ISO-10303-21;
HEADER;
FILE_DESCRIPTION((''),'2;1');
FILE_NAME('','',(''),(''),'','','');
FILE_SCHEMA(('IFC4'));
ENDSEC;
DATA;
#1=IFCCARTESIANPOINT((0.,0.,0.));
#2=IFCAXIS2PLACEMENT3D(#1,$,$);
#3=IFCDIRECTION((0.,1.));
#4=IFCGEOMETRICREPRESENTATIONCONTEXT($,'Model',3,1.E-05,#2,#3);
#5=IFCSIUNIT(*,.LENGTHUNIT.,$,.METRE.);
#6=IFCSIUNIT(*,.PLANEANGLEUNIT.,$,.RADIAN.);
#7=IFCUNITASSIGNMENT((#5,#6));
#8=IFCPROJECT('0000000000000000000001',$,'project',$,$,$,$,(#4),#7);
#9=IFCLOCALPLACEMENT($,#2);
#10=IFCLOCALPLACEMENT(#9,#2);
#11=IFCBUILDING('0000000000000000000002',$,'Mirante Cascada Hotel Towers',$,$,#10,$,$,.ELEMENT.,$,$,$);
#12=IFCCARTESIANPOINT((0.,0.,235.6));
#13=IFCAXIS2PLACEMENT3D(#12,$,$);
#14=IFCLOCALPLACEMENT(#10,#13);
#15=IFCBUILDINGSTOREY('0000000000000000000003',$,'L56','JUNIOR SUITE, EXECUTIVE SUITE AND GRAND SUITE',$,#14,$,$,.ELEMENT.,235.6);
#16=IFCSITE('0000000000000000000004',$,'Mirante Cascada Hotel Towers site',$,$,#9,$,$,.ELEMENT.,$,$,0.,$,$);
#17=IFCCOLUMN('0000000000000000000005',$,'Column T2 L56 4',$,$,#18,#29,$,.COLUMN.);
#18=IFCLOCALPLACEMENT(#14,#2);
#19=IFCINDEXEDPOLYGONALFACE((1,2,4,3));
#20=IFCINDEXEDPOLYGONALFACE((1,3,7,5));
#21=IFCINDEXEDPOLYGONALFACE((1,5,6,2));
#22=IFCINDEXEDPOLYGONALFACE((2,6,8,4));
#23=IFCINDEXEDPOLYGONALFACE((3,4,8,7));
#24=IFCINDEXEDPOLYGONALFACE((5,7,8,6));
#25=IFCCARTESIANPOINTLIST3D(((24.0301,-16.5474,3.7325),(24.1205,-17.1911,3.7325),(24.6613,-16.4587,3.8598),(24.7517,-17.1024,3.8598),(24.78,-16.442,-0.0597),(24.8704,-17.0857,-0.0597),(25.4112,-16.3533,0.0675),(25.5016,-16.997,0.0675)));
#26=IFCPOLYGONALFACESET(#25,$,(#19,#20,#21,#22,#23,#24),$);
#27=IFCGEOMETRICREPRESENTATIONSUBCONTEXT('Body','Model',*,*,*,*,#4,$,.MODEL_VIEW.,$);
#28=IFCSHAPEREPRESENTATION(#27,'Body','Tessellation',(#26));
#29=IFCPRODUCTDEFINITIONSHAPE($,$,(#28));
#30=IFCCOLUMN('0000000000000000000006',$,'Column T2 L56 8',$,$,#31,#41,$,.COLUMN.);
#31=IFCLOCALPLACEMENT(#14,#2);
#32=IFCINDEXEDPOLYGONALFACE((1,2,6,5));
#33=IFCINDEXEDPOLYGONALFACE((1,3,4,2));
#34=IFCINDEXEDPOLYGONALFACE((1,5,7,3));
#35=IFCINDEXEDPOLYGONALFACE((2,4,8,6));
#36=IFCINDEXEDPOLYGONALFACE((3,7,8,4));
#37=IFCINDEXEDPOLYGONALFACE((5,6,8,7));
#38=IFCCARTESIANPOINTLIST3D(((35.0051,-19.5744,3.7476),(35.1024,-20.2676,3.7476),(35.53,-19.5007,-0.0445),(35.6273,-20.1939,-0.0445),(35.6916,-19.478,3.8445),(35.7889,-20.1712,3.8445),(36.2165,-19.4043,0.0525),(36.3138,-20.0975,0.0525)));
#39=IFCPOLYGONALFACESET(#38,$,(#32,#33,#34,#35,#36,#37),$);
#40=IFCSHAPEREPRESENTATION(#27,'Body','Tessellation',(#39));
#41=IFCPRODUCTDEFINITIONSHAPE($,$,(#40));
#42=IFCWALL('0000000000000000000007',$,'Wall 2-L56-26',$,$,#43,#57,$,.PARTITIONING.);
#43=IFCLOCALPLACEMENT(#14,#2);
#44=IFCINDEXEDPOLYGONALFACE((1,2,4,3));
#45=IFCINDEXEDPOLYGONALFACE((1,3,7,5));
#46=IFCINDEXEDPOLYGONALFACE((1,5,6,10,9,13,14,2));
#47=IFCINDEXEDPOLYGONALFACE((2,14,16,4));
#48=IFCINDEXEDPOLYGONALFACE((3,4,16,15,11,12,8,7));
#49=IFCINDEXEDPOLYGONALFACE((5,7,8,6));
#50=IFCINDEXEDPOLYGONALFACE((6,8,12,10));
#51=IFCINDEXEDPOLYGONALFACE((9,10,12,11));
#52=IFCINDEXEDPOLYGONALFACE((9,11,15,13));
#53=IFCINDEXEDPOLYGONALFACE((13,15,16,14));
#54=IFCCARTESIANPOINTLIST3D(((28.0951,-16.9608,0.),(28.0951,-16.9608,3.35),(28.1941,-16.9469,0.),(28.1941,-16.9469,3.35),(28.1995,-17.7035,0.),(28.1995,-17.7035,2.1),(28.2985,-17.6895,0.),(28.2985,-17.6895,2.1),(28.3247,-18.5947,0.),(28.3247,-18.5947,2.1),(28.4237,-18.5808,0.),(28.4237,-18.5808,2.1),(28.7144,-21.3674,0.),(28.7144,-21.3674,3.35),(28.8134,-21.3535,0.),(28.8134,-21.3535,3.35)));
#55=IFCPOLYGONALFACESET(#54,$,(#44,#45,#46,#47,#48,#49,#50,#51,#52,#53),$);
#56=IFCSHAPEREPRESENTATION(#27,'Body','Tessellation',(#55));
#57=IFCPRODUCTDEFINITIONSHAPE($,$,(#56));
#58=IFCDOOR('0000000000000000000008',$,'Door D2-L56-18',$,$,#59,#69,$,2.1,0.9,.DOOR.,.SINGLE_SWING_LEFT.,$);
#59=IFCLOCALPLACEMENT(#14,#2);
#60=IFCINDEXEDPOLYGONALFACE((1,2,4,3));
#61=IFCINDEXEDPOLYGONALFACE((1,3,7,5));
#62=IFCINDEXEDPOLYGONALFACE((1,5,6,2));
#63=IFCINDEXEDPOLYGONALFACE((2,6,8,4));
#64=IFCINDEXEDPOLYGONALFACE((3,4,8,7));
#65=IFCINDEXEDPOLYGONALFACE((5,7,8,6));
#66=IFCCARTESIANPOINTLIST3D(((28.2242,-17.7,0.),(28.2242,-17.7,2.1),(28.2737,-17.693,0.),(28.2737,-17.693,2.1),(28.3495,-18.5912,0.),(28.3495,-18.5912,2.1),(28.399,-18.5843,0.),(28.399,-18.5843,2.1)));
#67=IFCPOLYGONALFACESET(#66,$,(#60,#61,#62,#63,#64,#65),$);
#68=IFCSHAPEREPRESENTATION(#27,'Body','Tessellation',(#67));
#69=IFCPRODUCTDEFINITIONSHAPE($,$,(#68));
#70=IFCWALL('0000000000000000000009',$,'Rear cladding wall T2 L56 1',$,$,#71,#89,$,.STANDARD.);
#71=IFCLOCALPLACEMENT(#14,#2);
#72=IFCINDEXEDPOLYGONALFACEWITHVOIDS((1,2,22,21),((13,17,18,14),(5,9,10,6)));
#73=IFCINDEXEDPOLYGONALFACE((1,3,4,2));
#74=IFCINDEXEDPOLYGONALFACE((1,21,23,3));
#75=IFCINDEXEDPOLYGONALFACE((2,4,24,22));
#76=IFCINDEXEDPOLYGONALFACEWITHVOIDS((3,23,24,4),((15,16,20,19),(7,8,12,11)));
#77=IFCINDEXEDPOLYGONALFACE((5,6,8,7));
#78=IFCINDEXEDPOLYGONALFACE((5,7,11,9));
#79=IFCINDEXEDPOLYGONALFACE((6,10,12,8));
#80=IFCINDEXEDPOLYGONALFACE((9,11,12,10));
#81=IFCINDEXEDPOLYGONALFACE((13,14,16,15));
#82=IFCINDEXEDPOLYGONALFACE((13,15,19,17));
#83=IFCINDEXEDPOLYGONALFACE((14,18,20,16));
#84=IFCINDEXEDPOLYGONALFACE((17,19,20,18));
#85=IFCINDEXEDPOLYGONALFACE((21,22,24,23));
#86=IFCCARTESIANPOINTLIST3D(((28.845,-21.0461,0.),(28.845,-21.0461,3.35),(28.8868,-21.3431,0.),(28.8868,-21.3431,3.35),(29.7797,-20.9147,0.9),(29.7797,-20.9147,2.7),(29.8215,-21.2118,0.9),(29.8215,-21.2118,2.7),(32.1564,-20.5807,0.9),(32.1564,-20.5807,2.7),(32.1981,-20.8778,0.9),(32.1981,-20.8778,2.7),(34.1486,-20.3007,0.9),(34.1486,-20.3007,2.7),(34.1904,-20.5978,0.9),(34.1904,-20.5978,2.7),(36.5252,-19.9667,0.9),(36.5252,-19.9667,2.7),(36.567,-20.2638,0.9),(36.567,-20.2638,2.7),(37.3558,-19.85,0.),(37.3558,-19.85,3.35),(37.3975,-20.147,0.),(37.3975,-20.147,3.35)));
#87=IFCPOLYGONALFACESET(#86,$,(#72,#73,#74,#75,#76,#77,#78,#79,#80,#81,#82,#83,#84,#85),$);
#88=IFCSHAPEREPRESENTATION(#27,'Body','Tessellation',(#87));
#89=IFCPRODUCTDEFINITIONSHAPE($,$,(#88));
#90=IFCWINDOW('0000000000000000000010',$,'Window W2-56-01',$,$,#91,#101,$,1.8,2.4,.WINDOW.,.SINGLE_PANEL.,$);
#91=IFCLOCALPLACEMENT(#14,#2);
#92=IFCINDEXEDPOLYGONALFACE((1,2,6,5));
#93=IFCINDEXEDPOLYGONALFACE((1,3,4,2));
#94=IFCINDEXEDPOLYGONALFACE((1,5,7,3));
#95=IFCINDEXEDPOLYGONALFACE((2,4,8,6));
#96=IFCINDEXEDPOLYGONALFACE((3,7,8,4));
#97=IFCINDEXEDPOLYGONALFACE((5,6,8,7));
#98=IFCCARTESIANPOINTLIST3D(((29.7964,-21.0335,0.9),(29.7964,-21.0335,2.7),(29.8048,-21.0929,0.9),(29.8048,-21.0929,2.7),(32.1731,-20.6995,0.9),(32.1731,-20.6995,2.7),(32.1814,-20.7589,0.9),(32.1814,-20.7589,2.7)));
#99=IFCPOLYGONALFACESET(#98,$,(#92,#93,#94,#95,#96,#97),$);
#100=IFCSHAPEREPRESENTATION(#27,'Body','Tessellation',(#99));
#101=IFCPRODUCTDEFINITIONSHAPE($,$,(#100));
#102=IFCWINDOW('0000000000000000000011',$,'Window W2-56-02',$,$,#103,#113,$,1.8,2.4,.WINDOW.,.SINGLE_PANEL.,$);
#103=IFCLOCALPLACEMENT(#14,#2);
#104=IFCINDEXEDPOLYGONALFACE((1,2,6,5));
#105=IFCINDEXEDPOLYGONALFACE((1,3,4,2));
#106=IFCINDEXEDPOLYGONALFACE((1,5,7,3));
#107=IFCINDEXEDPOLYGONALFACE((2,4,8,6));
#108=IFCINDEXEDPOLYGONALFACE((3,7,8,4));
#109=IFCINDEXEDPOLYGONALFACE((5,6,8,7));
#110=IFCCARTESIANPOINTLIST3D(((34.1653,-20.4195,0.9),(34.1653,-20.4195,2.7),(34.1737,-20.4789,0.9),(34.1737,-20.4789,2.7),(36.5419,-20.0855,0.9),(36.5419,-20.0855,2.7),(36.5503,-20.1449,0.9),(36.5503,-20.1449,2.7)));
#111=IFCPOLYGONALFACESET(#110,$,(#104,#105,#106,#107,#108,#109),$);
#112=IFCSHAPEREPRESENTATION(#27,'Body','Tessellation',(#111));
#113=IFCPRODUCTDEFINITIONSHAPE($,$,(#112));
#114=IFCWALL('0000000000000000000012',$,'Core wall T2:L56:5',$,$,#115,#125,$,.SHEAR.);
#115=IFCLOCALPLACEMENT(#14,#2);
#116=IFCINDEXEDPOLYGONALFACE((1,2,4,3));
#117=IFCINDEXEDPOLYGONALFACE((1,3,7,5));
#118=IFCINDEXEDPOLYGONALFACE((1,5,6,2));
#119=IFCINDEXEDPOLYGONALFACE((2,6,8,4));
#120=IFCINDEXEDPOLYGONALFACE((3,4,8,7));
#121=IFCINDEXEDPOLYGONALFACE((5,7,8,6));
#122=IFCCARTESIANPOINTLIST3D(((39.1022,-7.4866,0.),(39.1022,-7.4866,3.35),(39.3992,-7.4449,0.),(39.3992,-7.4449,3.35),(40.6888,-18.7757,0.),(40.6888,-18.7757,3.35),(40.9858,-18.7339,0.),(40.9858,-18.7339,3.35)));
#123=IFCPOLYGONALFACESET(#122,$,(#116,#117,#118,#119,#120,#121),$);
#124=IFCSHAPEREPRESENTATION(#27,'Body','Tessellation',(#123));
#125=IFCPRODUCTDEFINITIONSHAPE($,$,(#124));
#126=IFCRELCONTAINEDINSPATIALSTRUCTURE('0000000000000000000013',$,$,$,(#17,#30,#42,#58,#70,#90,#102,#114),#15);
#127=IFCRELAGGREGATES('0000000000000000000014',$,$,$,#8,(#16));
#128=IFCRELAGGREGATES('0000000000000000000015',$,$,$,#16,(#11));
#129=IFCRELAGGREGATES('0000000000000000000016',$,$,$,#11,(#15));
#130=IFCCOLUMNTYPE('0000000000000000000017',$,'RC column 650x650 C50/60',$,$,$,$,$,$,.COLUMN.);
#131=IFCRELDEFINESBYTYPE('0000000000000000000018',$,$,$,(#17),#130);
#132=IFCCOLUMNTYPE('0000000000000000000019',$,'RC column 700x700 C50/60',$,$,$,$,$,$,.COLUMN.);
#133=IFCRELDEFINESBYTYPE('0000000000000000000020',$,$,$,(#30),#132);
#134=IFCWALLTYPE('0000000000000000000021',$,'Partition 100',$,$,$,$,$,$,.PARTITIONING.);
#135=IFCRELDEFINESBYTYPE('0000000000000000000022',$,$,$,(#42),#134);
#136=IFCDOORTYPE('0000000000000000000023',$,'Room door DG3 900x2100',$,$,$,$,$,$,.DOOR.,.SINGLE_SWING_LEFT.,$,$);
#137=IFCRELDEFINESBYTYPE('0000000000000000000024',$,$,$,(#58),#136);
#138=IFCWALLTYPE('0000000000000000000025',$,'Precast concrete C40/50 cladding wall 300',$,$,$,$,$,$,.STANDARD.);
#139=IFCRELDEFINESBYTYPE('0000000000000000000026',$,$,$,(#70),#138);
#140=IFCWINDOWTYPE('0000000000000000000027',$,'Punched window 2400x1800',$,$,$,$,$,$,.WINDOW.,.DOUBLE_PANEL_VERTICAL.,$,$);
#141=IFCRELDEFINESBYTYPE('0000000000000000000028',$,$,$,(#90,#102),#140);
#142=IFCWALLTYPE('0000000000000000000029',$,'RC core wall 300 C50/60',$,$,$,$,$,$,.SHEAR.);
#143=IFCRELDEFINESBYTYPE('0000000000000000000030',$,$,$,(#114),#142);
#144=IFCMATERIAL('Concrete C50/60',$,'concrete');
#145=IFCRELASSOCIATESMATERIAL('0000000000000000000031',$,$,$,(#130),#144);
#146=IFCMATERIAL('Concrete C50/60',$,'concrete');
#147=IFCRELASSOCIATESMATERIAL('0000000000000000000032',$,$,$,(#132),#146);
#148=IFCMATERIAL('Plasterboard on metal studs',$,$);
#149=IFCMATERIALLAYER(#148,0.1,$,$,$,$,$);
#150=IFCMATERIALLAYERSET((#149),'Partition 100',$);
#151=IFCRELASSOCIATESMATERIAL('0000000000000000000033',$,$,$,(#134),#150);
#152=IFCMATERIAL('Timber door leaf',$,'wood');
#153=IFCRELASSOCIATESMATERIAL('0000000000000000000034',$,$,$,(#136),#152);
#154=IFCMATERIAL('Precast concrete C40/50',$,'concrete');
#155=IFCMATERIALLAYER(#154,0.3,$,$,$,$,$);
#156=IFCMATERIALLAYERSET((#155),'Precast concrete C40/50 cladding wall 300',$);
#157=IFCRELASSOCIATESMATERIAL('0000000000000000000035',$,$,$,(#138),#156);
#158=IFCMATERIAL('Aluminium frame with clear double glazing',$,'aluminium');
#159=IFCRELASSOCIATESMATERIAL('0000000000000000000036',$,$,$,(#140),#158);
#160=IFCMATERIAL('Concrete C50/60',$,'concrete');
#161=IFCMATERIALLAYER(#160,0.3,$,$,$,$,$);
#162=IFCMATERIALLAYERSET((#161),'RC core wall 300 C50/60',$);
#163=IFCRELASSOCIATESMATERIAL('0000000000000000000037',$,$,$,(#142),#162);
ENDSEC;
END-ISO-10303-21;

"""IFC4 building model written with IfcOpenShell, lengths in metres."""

from ifc_helpers import new_model, si_unit, direction, frame, frame_2d, origin, origin_2d, place, context, subcontext, project, spatial, rectangle, extrude, material, layer, layer_set, material_profile, profile_set, type_object, element, fill, save


model = new_model("IFC4")

# Units and contexts
model_context = context("Model", 3, precision=1e-05, world=origin(), true_north=direction((0.0, 1.0)))
body_context = subcontext(model_context, "Body", "Model", "MODEL_VIEW")
ifc_project = project(units=[si_unit("LENGTHUNIT", "METRE"), si_unit("PLANEANGLEUNIT", "RADIAN")], contexts=[model_context])

# Site, building, storey
site_placement = place(None, origin())
site = spatial("IfcSite", under=ifc_project, at=site_placement, Name="Mirante Cascada Hotel Towers site", CompositionType="ELEMENT", RefElevation=0.0)
building_placement = place(site_placement, origin())
building = spatial("IfcBuilding", under=site, at=building_placement, Name="Mirante Cascada Hotel Towers", CompositionType="ELEMENT")
storey_placement = place(building_placement, frame((0.0, 0.0, 235.6)))
storey = spatial("IfcBuildingStorey", under=building, at=storey_placement, Name="L56", Description="JUNIOR SUITE, EXECUTIVE SUITE AND GRAND SUITE", CompositionType="ELEMENT", Elevation=235.6)

# Columns
ifc_material_1 = material(Name="Concrete C50/60", Category="concrete")
ifc_material_profile_1 = material_profile(ifc_material_1, rectangle(XDim=0.65, YDim=0.65, at=origin_2d()), Name="RC column 650x650 C50/60")
ifc_profile_set_1 = profile_set([ifc_material_profile_1], Name="Concrete C50/60")
column_type_1 = type_object("IfcColumnType", Name="RC column 650x650 C50/60", PredefinedType="COLUMN", material=ifc_profile_set_1)
column_1_placement = place(storey_placement, frame((25.1408, -16.7195, 0.0039), z_axis=(-0.193919, -0.027256, 0.980639), x_axis=(0.139184, -0.990267, 0.0)))
element("IfcColumn", 1, at=column_1_placement, inside=storey, type_object=column_type_1, Name="Column T2 L56 4", PredefinedType="COLUMN", context=body_context, shape_type="SweptSolid", body=[
    extrude(rectangle(XDim=0.65, YDim=0.65, at=origin_2d()), origin(), (0.0, 0.0, 1.0), 3.8671),
])
ifc_material_2 = material(Name="Concrete C50/60", Category="concrete")
ifc_material_profile_2 = material_profile(ifc_material_2, rectangle(XDim=0.7, YDim=0.7, at=origin_2d()), Name="RC column 700x700 C50/60")
ifc_profile_set_2 = profile_set([ifc_material_profile_2], Name="Concrete C50/60")
column_type_2 = type_object("IfcColumnType", Name="RC column 700x700 C50/60", PredefinedType="COLUMN", material=ifc_profile_set_2)
column_2_placement = place(storey_placement, frame((35.9219, -19.7991, 0.004), z_axis=(-0.13709, -0.019249, 0.990371), x_axis=(0.139044, -0.990286, 0.0)))
element("IfcColumn", 2, at=column_2_placement, inside=storey, type_object=column_type_2, Name="Column T2 L56 8", PredefinedType="COLUMN", context=body_context, shape_type="SweptSolid", body=[
    extrude(rectangle(XDim=0.7, YDim=0.7, at=origin_2d()), origin(), (0.0, 0.0, 1.0), 3.8289),
])

# Wall, opening, door
ifc_material_3 = material(Name="Plasterboard on metal studs")
ifc_layer_1 = layer(ifc_material_3, 0.1)
ifc_layer_set_1 = layer_set([ifc_layer_1], Name="Partition 100")
wall_type_1 = type_object("IfcWallType", Name="Partition 100", PredefinedType="PARTITIONING", material=ifc_layer_set_1)
wall_1_placement = place(storey_placement, frame((28.1446, -16.9538, 0.0), z_axis=(0.0, 0.0, 1.0), x_axis=(0.139172, -0.990268, 0.0)))
wall_1 = element("IfcWall", 3, at=wall_1_placement, inside=storey, type_object=wall_type_1, Name="Wall 2-L56-26", PredefinedType="PARTITIONING", context=body_context, shape_type="SweptSolid", body=[
    extrude(rectangle(XDim=4.4499, YDim=0.1, at=frame_2d((2.225, 0.0))), origin(), (0.0, 0.0, 1.0), 3.35),
])
opening_1_placement = place(wall_1_placement, frame((0.75, 0.0, 0.0)))
opening_1 = element("IfcOpeningElement", 4, at=opening_1_placement, cuts=wall_1, PredefinedType="OPENING", context=body_context, shape_type="SweptSolid", body=[
    extrude(rectangle(XDim=0.9, YDim=2.1, at=frame_2d((0.45, 1.05))), frame((0.0, 0.05, 0.0), z_axis=(0.0, -1.0, 0.0), x_axis=(1.0, 0.0, 0.0)), (0.0, 0.0, 1.0), 0.1),
])
ifc_material_4 = material(Name="Timber door leaf", Category="wood")
door_type_1 = type_object("IfcDoorType", Name="Room door DG3 900x2100", OperationType="SINGLE_SWING_LEFT", PredefinedType="DOOR", material=ifc_material_4)
door_1_placement = place(opening_1_placement, origin())
door_1 = element("IfcDoor", 5, at=door_1_placement, inside=storey, type_object=door_type_1, Name="Door D2-L56-18", OperationType="SINGLE_SWING_LEFT", OverallHeight=2.1, OverallWidth=0.9, PredefinedType="DOOR", context=body_context, shape_type="SweptSolid", body=[
    extrude(rectangle(XDim=0.9, YDim=2.1, at=frame_2d((0.45, 1.05))), frame((0.0, 0.025, 0.0), z_axis=(0.0, -1.0, 0.0), x_axis=(1.0, 0.0, 0.0)), (0.0, 0.0, 1.0), 0.05),
])
fill(opening_1, door_1)

# Wall, openings, windows
ifc_material_5 = material(Name="Precast concrete C40/50", Category="concrete")
ifc_layer_2 = layer(ifc_material_5, 0.3)
ifc_layer_set_2 = layer_set([ifc_layer_2], Name="Precast concrete C40/50 cladding wall 300")
wall_type_2 = type_object("IfcWallType", Name="Precast concrete C40/50 cladding wall 300", PredefinedType="STANDARD", material=ifc_layer_set_2)
wall_2_placement = place(storey_placement, frame((28.8659, -21.1946, 0.0), z_axis=(0.0, 0.0, 1.0), x_axis=(0.990268, 0.139171, 0.0)))
wall_2 = element("IfcWall", 6, at=wall_2_placement, inside=storey, type_object=wall_type_2, Name="Rear cladding wall T2 L56 1", PredefinedType="STANDARD", context=body_context, shape_type="SweptSolid", body=[
    extrude(rectangle(XDim=8.5944, YDim=0.3, at=frame_2d((4.2972, 0.0))), origin(), (0.0, 0.0, 1.0), 3.35),
])
opening_2_placement = place(wall_2_placement, frame((0.9439, 0.0, 0.9)))
opening_2 = element("IfcOpeningElement", 7, at=opening_2_placement, cuts=wall_2, PredefinedType="OPENING", context=body_context, shape_type="SweptSolid", body=[
    extrude(rectangle(XDim=2.4, YDim=1.8, at=frame_2d((1.2, 0.9))), frame((0.0, 0.15, 0.0), z_axis=(0.0, -1.0, 0.0), x_axis=(1.0, 0.0, 0.0)), (0.0, 0.0, 1.0), 0.3),
])
opening_3_placement = place(wall_2_placement, frame((5.3557, 0.0, 0.9)))
opening_3 = element("IfcOpeningElement", 8, at=opening_3_placement, cuts=wall_2, PredefinedType="OPENING", context=body_context, shape_type="SweptSolid", body=[
    extrude(rectangle(XDim=2.4, YDim=1.8, at=frame_2d((1.2, 0.9))), frame((0.0, 0.15, 0.0), z_axis=(0.0, -1.0, 0.0), x_axis=(1.0, 0.0, 0.0)), (0.0, 0.0, 1.0), 0.3),
])
ifc_material_6 = material(Name="Aluminium frame with clear double glazing", Category="aluminium")
window_type = type_object("IfcWindowType", Name="Punched window 2400x1800", PartitioningType="DOUBLE_PANEL_VERTICAL", PredefinedType="WINDOW", material=ifc_material_6)
window_1_placement = place(opening_2_placement, origin())
window_1 = element("IfcWindow", 9, at=window_1_placement, inside=storey, type_object=window_type, Name="Window W2-56-01", OverallHeight=1.8, OverallWidth=2.4, PartitioningType="SINGLE_PANEL", PredefinedType="WINDOW", context=body_context, shape_type="SweptSolid", body=[
    extrude(rectangle(XDim=2.4, YDim=1.8, at=frame_2d((1.2, 0.9))), frame((0.0, 0.03, 0.0), z_axis=(0.0, -1.0, 0.0), x_axis=(1.0, 0.0, 0.0)), (0.0, 0.0, 1.0), 0.06),
])
fill(opening_2, window_1)
window_2_placement = place(opening_3_placement, origin())
window_2 = element("IfcWindow", 10, at=window_2_placement, inside=storey, type_object=window_type, Name="Window W2-56-02", OverallHeight=1.8, OverallWidth=2.4, PartitioningType="SINGLE_PANEL", PredefinedType="WINDOW", context=body_context, shape_type="SweptSolid", body=[
    extrude(rectangle(XDim=2.4, YDim=1.8, at=frame_2d((1.2, 0.9))), frame((0.0, 0.03, 0.0), z_axis=(0.0, -1.0, 0.0), x_axis=(1.0, 0.0, 0.0)), (0.0, 0.0, 1.0), 0.06),
])
fill(opening_3, window_2)

# Wall
ifc_material_7 = material(Name="Concrete C50/60", Category="concrete")
ifc_layer_3 = layer(ifc_material_7, 0.3)
ifc_layer_set_3 = layer_set([ifc_layer_3], Name="RC core wall 300 C50/60")
wall_type_3 = type_object("IfcWallType", Name="RC core wall 300 C50/60", PredefinedType="SHEAR", material=ifc_layer_set_3)
wall_3_placement = place(storey_placement, frame((40.8373, -18.7548, 0.0), z_axis=(0.0, 0.0, 1.0), x_axis=(-0.139175, 0.990268, 0.0)))
element("IfcWall", 11, at=wall_3_placement, inside=storey, type_object=wall_type_3, Name="Core wall T2:L56:5", PredefinedType="SHEAR", context=body_context, shape_type="SweptSolid", body=[
    extrude(rectangle(XDim=11.4, YDim=0.3, at=frame_2d((5.7, 0.0))), origin(), (0.0, 0.0, 1.0), 3.35),
])

save(model, "model.ifc")
